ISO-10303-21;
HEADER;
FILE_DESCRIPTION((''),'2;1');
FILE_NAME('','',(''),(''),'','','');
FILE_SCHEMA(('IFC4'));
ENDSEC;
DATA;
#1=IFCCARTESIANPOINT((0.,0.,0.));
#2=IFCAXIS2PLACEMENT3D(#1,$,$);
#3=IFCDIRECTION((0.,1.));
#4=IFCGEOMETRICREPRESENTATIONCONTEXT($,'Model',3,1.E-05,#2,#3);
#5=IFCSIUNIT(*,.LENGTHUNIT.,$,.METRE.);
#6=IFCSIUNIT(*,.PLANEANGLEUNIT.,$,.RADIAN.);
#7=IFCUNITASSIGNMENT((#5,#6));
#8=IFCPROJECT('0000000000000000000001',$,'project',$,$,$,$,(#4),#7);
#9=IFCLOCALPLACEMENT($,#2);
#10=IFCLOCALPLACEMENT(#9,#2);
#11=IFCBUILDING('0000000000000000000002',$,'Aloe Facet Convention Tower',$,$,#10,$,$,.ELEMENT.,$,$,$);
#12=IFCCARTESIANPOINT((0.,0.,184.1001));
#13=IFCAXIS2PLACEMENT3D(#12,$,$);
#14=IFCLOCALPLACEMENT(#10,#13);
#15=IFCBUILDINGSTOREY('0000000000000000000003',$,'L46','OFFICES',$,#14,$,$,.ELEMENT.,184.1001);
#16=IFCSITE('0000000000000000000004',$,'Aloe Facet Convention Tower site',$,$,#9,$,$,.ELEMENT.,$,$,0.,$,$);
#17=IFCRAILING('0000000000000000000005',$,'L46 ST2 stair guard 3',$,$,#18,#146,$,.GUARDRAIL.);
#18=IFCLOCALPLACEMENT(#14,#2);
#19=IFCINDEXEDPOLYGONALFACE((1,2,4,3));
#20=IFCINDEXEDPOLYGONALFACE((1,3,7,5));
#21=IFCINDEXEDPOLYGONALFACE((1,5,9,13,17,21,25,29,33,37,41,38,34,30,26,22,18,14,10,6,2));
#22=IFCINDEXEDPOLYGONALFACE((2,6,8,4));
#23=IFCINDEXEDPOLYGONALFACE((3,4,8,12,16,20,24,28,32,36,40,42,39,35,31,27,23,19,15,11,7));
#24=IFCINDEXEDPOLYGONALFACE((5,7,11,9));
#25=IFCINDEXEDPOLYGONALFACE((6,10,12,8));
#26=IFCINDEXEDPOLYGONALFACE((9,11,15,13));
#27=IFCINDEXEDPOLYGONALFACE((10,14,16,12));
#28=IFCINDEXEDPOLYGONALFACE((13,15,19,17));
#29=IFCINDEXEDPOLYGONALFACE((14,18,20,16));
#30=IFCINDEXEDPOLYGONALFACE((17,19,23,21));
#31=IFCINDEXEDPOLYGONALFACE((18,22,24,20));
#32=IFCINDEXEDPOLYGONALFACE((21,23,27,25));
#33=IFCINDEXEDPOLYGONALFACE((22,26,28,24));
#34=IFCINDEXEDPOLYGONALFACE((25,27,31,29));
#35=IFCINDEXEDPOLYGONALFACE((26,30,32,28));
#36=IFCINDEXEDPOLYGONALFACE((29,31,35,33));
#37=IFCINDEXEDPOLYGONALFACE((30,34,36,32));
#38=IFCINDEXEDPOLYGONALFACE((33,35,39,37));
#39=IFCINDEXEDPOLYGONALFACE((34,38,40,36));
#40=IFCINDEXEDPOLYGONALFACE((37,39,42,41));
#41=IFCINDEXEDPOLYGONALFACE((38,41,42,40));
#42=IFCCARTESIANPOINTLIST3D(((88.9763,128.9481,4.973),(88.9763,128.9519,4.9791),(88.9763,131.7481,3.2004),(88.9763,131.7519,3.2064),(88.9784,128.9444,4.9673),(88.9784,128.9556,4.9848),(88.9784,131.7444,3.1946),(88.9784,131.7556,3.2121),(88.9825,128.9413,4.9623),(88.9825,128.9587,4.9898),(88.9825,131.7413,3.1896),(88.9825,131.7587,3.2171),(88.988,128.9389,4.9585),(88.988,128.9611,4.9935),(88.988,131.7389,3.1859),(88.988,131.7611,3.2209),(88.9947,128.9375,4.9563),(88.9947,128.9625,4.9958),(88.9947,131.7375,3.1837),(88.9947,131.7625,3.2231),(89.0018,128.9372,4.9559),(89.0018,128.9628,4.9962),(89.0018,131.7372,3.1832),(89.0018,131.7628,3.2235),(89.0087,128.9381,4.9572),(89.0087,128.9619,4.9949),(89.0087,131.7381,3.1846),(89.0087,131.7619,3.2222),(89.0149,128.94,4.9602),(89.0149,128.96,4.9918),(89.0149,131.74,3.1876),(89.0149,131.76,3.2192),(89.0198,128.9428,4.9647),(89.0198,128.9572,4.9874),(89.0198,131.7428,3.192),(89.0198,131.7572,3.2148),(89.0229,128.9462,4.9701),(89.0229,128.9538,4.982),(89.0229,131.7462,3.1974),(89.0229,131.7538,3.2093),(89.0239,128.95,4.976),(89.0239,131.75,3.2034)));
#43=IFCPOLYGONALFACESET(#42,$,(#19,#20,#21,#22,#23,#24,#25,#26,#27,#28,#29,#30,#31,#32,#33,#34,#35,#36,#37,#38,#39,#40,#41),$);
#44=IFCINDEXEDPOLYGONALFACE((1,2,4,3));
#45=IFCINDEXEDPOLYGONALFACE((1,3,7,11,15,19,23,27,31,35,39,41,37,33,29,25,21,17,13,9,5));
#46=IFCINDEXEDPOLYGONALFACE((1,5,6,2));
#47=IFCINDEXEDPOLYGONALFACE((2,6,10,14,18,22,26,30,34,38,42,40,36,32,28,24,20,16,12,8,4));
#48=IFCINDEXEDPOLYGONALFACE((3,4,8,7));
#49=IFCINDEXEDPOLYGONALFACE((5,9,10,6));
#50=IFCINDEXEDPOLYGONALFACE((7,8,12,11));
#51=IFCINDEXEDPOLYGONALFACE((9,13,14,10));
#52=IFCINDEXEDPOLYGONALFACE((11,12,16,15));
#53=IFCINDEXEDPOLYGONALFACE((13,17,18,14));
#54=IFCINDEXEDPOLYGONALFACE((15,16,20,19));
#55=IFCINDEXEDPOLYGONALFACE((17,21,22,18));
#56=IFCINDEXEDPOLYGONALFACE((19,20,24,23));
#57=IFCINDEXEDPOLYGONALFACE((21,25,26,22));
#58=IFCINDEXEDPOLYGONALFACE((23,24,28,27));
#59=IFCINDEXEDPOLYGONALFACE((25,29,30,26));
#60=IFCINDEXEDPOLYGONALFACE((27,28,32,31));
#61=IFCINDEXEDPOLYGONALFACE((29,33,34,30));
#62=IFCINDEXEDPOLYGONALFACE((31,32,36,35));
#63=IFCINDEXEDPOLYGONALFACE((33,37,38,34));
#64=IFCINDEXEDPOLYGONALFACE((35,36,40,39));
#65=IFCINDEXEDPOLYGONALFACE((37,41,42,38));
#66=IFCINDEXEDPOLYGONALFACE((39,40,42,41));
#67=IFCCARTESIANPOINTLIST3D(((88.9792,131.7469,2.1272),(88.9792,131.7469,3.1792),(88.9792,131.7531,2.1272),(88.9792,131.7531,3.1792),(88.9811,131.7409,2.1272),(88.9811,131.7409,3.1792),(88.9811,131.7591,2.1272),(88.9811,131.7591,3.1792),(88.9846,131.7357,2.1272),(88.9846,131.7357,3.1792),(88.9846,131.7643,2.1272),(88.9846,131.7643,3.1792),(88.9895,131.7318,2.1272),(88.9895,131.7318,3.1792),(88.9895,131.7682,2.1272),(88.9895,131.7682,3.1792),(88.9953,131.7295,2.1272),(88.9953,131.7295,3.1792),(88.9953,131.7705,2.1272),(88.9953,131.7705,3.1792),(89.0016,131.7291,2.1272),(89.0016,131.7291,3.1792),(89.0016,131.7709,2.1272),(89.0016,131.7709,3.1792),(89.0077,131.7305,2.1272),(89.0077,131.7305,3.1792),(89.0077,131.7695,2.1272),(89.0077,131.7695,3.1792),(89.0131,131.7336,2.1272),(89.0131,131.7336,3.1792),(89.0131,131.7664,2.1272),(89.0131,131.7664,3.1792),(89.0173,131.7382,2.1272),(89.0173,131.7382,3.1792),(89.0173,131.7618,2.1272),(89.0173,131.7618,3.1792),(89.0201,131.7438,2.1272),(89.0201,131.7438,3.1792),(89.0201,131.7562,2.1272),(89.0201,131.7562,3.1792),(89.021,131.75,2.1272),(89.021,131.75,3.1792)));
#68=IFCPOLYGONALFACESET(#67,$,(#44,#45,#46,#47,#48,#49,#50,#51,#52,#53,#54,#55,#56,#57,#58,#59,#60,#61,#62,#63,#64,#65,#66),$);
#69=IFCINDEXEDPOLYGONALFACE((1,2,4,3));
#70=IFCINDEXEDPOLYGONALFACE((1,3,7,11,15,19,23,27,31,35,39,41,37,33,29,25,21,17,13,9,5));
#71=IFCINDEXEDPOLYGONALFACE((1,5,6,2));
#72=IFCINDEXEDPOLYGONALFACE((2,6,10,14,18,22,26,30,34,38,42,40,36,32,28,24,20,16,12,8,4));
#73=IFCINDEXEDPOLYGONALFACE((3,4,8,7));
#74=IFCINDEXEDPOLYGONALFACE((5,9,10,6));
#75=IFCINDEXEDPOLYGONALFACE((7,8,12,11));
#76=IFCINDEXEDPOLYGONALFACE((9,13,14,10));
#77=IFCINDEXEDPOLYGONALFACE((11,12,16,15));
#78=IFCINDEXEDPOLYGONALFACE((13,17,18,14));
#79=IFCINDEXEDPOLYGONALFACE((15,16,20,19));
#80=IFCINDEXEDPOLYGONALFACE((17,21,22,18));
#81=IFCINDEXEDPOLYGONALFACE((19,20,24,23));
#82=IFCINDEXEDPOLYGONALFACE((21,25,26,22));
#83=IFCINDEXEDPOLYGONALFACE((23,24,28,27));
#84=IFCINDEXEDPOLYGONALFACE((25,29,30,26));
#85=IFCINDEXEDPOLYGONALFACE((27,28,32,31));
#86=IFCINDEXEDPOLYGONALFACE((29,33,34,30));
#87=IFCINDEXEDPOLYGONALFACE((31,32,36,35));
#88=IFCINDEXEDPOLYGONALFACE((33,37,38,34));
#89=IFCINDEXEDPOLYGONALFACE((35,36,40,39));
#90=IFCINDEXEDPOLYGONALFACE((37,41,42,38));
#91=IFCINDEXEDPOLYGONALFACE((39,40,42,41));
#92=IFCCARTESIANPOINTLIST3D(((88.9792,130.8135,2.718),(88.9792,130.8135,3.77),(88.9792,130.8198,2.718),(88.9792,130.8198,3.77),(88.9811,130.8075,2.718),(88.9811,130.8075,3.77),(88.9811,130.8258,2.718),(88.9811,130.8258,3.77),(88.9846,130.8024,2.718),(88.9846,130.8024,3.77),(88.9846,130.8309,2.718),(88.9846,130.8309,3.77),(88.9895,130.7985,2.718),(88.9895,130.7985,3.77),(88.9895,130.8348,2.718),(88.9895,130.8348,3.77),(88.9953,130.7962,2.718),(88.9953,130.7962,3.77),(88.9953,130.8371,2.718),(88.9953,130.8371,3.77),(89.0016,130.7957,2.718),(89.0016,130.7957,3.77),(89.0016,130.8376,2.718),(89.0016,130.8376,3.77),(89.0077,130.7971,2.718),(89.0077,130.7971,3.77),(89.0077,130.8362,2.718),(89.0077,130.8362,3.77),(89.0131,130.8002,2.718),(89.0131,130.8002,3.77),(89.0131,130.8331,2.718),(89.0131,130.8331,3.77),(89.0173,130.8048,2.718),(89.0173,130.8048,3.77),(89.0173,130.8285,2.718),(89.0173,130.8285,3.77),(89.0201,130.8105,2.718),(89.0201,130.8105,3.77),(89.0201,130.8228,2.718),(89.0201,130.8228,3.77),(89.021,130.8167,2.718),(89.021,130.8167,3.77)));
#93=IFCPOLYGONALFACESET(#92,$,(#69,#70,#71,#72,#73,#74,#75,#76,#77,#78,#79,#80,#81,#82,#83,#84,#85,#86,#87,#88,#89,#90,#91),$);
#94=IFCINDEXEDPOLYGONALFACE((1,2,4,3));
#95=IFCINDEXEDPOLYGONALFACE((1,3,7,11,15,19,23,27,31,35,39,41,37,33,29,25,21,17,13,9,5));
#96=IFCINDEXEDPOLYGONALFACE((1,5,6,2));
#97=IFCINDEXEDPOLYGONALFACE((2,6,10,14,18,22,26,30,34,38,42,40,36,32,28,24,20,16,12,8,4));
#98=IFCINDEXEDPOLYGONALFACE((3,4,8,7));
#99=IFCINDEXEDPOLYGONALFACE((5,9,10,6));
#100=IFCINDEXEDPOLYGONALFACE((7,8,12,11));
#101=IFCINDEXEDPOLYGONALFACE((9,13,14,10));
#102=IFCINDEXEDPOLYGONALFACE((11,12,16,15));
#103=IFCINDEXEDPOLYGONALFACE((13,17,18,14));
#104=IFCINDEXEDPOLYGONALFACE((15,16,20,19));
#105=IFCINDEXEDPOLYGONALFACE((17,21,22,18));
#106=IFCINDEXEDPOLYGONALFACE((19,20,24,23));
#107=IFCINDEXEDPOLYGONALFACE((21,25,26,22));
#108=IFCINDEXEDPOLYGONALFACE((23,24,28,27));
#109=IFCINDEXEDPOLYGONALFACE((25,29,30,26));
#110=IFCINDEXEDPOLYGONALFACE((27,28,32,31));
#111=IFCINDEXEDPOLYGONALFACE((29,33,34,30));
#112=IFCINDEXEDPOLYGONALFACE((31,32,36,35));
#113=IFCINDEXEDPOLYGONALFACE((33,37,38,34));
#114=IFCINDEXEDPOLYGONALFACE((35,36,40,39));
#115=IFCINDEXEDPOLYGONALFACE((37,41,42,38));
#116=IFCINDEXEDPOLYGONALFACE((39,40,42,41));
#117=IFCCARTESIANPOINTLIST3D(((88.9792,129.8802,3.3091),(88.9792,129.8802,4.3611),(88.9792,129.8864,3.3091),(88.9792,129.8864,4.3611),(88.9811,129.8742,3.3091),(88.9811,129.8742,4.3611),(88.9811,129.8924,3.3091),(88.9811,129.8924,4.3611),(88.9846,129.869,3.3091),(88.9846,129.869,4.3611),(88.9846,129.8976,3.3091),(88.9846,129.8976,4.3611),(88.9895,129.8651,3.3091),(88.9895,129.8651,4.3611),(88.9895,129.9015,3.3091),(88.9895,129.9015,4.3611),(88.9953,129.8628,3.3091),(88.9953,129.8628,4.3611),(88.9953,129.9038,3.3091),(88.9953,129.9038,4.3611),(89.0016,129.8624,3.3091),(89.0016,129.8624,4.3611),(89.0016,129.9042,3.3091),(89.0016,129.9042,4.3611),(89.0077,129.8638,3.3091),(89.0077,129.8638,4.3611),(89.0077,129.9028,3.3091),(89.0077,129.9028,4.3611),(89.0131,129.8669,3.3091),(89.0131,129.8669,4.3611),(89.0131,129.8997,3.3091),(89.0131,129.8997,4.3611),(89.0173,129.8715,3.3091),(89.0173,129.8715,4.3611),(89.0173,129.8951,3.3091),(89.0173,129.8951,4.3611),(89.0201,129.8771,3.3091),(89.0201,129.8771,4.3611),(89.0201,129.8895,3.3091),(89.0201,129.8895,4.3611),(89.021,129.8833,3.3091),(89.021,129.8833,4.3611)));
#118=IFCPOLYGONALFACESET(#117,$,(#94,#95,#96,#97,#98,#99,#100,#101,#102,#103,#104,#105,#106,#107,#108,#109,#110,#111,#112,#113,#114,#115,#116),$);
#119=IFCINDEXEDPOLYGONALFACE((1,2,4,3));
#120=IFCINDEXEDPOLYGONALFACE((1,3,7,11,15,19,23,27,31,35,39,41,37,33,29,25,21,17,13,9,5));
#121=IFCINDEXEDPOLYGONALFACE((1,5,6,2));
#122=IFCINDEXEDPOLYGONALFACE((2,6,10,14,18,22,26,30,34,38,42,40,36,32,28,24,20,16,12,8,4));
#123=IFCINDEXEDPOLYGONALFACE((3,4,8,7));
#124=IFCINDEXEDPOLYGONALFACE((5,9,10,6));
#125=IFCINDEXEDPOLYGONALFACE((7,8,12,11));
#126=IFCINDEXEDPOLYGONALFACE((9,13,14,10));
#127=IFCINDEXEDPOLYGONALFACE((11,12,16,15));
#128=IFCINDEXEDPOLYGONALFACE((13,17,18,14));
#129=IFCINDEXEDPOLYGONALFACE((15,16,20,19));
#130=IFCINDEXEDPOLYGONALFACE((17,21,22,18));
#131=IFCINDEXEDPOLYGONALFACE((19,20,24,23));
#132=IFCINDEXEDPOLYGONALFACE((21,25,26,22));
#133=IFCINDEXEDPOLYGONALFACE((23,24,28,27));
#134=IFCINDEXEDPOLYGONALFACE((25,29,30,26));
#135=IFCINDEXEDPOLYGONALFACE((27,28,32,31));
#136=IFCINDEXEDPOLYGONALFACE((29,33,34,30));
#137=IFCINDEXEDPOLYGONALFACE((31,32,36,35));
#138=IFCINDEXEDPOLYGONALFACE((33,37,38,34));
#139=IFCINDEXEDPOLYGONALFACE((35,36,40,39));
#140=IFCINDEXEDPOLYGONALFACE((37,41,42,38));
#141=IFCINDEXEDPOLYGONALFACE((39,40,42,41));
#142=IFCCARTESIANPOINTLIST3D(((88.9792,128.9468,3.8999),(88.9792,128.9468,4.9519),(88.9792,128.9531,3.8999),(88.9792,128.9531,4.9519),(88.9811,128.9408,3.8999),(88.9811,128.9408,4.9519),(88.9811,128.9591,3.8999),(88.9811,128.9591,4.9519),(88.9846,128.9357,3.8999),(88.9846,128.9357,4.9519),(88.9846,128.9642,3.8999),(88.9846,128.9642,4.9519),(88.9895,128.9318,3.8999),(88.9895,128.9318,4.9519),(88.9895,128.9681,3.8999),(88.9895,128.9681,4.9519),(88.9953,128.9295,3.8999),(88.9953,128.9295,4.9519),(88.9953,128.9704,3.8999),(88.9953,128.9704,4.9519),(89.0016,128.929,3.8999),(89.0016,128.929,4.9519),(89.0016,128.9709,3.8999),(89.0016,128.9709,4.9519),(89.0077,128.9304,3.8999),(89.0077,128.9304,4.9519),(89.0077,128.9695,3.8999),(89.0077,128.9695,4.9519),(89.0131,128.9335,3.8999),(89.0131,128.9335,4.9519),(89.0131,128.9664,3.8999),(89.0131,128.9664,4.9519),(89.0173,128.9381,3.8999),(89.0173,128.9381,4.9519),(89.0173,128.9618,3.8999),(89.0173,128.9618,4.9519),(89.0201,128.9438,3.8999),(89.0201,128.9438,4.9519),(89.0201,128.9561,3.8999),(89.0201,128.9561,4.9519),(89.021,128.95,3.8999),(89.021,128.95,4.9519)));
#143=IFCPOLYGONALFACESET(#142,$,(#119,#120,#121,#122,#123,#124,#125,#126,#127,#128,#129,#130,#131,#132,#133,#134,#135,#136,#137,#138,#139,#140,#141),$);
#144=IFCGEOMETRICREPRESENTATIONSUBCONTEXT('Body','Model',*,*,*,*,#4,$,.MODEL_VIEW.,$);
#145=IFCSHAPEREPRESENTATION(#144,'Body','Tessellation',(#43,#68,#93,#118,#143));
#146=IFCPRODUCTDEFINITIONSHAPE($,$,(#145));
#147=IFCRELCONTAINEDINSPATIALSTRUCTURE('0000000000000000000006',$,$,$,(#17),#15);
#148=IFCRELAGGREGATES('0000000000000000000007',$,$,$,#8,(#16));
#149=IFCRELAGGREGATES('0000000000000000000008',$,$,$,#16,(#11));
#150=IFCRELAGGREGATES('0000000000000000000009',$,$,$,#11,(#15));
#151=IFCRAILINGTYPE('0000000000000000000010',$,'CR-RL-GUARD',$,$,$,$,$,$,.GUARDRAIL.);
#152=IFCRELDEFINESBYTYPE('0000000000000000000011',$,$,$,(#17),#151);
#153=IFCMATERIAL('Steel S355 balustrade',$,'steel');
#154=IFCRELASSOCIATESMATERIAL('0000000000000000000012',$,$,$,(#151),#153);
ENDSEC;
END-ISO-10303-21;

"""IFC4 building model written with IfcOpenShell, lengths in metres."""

from ifc_helpers import new_model, si_unit, direction, frame, origin, origin_2d, place, context, subcontext, project, spatial, circle, extrude, material, type_object, element, save


model = new_model("IFC4")

# Units and contexts
model_context = context("Model", 3, precision=1e-05, world=origin(), true_north=direction((0.0, 1.0)))
body_context = subcontext(model_context, "Body", "Model", "MODEL_VIEW")
ifc_project = project(units=[si_unit("LENGTHUNIT", "METRE"), si_unit("PLANEANGLEUNIT", "RADIAN")], contexts=[model_context])

# Site, building, storey
site_placement = place(None, origin())
site = spatial("IfcSite", under=ifc_project, at=site_placement, Name="Aloe Facet Convention Tower site", CompositionType="ELEMENT", RefElevation=0.0)
building_placement = place(site_placement, origin())
building = spatial("IfcBuilding", under=site, at=building_placement, Name="Aloe Facet Convention Tower", CompositionType="ELEMENT")
storey_placement = place(building_placement, frame((0.0, 0.0, 184.1001)))
storey = spatial("IfcBuildingStorey", under=building, at=storey_placement, Name="L46", Description="OFFICES", CompositionType="ELEMENT", Elevation=184.1001)

# Railing
ifc_material_1 = material(Name="Steel S355 balustrade", Category="steel")
railing_type_1 = type_object("IfcRailingType", Name="CR-RL-GUARD", PredefinedType="GUARDRAIL", material=ifc_material_1)
railing_1_placement = place(storey_placement, frame((89.0, 131.75, 2.1272)))
element("IfcRailing", 1, at=railing_1_placement, inside=storey, type_object=railing_type_1, Name="L46 ST2 stair guard 3", PredefinedType="GUARDRAIL", context=body_context, shape_type="SweptSolid", body=[
    extrude(circle(Radius=0.0239, at=origin_2d()), frame((0.0, 0.0, 1.0762), z_axis=(0.0, -0.844909, 0.53491), x_axis=(1.0, 0.0, 0.0)), (0.0, 0.0, 1.0), 3.314),
    extrude(circle(Radius=0.021, at=origin_2d()), origin(), (0.0, 0.0, 1.0), 1.052),
    extrude(circle(Radius=0.021, at=origin_2d()), frame((0.0, -0.9333, 0.5908)), (0.0, 0.0, 1.0), 1.052),
    extrude(circle(Radius=0.021, at=origin_2d()), frame((0.0, -1.8667, 1.1819)), (0.0, 0.0, 1.0), 1.052),
    extrude(circle(Radius=0.021, at=origin_2d()), frame((0.0, -2.8, 1.7727)), (0.0, 0.0, 1.0), 1.052),
])

save(model, "model.ifc")
